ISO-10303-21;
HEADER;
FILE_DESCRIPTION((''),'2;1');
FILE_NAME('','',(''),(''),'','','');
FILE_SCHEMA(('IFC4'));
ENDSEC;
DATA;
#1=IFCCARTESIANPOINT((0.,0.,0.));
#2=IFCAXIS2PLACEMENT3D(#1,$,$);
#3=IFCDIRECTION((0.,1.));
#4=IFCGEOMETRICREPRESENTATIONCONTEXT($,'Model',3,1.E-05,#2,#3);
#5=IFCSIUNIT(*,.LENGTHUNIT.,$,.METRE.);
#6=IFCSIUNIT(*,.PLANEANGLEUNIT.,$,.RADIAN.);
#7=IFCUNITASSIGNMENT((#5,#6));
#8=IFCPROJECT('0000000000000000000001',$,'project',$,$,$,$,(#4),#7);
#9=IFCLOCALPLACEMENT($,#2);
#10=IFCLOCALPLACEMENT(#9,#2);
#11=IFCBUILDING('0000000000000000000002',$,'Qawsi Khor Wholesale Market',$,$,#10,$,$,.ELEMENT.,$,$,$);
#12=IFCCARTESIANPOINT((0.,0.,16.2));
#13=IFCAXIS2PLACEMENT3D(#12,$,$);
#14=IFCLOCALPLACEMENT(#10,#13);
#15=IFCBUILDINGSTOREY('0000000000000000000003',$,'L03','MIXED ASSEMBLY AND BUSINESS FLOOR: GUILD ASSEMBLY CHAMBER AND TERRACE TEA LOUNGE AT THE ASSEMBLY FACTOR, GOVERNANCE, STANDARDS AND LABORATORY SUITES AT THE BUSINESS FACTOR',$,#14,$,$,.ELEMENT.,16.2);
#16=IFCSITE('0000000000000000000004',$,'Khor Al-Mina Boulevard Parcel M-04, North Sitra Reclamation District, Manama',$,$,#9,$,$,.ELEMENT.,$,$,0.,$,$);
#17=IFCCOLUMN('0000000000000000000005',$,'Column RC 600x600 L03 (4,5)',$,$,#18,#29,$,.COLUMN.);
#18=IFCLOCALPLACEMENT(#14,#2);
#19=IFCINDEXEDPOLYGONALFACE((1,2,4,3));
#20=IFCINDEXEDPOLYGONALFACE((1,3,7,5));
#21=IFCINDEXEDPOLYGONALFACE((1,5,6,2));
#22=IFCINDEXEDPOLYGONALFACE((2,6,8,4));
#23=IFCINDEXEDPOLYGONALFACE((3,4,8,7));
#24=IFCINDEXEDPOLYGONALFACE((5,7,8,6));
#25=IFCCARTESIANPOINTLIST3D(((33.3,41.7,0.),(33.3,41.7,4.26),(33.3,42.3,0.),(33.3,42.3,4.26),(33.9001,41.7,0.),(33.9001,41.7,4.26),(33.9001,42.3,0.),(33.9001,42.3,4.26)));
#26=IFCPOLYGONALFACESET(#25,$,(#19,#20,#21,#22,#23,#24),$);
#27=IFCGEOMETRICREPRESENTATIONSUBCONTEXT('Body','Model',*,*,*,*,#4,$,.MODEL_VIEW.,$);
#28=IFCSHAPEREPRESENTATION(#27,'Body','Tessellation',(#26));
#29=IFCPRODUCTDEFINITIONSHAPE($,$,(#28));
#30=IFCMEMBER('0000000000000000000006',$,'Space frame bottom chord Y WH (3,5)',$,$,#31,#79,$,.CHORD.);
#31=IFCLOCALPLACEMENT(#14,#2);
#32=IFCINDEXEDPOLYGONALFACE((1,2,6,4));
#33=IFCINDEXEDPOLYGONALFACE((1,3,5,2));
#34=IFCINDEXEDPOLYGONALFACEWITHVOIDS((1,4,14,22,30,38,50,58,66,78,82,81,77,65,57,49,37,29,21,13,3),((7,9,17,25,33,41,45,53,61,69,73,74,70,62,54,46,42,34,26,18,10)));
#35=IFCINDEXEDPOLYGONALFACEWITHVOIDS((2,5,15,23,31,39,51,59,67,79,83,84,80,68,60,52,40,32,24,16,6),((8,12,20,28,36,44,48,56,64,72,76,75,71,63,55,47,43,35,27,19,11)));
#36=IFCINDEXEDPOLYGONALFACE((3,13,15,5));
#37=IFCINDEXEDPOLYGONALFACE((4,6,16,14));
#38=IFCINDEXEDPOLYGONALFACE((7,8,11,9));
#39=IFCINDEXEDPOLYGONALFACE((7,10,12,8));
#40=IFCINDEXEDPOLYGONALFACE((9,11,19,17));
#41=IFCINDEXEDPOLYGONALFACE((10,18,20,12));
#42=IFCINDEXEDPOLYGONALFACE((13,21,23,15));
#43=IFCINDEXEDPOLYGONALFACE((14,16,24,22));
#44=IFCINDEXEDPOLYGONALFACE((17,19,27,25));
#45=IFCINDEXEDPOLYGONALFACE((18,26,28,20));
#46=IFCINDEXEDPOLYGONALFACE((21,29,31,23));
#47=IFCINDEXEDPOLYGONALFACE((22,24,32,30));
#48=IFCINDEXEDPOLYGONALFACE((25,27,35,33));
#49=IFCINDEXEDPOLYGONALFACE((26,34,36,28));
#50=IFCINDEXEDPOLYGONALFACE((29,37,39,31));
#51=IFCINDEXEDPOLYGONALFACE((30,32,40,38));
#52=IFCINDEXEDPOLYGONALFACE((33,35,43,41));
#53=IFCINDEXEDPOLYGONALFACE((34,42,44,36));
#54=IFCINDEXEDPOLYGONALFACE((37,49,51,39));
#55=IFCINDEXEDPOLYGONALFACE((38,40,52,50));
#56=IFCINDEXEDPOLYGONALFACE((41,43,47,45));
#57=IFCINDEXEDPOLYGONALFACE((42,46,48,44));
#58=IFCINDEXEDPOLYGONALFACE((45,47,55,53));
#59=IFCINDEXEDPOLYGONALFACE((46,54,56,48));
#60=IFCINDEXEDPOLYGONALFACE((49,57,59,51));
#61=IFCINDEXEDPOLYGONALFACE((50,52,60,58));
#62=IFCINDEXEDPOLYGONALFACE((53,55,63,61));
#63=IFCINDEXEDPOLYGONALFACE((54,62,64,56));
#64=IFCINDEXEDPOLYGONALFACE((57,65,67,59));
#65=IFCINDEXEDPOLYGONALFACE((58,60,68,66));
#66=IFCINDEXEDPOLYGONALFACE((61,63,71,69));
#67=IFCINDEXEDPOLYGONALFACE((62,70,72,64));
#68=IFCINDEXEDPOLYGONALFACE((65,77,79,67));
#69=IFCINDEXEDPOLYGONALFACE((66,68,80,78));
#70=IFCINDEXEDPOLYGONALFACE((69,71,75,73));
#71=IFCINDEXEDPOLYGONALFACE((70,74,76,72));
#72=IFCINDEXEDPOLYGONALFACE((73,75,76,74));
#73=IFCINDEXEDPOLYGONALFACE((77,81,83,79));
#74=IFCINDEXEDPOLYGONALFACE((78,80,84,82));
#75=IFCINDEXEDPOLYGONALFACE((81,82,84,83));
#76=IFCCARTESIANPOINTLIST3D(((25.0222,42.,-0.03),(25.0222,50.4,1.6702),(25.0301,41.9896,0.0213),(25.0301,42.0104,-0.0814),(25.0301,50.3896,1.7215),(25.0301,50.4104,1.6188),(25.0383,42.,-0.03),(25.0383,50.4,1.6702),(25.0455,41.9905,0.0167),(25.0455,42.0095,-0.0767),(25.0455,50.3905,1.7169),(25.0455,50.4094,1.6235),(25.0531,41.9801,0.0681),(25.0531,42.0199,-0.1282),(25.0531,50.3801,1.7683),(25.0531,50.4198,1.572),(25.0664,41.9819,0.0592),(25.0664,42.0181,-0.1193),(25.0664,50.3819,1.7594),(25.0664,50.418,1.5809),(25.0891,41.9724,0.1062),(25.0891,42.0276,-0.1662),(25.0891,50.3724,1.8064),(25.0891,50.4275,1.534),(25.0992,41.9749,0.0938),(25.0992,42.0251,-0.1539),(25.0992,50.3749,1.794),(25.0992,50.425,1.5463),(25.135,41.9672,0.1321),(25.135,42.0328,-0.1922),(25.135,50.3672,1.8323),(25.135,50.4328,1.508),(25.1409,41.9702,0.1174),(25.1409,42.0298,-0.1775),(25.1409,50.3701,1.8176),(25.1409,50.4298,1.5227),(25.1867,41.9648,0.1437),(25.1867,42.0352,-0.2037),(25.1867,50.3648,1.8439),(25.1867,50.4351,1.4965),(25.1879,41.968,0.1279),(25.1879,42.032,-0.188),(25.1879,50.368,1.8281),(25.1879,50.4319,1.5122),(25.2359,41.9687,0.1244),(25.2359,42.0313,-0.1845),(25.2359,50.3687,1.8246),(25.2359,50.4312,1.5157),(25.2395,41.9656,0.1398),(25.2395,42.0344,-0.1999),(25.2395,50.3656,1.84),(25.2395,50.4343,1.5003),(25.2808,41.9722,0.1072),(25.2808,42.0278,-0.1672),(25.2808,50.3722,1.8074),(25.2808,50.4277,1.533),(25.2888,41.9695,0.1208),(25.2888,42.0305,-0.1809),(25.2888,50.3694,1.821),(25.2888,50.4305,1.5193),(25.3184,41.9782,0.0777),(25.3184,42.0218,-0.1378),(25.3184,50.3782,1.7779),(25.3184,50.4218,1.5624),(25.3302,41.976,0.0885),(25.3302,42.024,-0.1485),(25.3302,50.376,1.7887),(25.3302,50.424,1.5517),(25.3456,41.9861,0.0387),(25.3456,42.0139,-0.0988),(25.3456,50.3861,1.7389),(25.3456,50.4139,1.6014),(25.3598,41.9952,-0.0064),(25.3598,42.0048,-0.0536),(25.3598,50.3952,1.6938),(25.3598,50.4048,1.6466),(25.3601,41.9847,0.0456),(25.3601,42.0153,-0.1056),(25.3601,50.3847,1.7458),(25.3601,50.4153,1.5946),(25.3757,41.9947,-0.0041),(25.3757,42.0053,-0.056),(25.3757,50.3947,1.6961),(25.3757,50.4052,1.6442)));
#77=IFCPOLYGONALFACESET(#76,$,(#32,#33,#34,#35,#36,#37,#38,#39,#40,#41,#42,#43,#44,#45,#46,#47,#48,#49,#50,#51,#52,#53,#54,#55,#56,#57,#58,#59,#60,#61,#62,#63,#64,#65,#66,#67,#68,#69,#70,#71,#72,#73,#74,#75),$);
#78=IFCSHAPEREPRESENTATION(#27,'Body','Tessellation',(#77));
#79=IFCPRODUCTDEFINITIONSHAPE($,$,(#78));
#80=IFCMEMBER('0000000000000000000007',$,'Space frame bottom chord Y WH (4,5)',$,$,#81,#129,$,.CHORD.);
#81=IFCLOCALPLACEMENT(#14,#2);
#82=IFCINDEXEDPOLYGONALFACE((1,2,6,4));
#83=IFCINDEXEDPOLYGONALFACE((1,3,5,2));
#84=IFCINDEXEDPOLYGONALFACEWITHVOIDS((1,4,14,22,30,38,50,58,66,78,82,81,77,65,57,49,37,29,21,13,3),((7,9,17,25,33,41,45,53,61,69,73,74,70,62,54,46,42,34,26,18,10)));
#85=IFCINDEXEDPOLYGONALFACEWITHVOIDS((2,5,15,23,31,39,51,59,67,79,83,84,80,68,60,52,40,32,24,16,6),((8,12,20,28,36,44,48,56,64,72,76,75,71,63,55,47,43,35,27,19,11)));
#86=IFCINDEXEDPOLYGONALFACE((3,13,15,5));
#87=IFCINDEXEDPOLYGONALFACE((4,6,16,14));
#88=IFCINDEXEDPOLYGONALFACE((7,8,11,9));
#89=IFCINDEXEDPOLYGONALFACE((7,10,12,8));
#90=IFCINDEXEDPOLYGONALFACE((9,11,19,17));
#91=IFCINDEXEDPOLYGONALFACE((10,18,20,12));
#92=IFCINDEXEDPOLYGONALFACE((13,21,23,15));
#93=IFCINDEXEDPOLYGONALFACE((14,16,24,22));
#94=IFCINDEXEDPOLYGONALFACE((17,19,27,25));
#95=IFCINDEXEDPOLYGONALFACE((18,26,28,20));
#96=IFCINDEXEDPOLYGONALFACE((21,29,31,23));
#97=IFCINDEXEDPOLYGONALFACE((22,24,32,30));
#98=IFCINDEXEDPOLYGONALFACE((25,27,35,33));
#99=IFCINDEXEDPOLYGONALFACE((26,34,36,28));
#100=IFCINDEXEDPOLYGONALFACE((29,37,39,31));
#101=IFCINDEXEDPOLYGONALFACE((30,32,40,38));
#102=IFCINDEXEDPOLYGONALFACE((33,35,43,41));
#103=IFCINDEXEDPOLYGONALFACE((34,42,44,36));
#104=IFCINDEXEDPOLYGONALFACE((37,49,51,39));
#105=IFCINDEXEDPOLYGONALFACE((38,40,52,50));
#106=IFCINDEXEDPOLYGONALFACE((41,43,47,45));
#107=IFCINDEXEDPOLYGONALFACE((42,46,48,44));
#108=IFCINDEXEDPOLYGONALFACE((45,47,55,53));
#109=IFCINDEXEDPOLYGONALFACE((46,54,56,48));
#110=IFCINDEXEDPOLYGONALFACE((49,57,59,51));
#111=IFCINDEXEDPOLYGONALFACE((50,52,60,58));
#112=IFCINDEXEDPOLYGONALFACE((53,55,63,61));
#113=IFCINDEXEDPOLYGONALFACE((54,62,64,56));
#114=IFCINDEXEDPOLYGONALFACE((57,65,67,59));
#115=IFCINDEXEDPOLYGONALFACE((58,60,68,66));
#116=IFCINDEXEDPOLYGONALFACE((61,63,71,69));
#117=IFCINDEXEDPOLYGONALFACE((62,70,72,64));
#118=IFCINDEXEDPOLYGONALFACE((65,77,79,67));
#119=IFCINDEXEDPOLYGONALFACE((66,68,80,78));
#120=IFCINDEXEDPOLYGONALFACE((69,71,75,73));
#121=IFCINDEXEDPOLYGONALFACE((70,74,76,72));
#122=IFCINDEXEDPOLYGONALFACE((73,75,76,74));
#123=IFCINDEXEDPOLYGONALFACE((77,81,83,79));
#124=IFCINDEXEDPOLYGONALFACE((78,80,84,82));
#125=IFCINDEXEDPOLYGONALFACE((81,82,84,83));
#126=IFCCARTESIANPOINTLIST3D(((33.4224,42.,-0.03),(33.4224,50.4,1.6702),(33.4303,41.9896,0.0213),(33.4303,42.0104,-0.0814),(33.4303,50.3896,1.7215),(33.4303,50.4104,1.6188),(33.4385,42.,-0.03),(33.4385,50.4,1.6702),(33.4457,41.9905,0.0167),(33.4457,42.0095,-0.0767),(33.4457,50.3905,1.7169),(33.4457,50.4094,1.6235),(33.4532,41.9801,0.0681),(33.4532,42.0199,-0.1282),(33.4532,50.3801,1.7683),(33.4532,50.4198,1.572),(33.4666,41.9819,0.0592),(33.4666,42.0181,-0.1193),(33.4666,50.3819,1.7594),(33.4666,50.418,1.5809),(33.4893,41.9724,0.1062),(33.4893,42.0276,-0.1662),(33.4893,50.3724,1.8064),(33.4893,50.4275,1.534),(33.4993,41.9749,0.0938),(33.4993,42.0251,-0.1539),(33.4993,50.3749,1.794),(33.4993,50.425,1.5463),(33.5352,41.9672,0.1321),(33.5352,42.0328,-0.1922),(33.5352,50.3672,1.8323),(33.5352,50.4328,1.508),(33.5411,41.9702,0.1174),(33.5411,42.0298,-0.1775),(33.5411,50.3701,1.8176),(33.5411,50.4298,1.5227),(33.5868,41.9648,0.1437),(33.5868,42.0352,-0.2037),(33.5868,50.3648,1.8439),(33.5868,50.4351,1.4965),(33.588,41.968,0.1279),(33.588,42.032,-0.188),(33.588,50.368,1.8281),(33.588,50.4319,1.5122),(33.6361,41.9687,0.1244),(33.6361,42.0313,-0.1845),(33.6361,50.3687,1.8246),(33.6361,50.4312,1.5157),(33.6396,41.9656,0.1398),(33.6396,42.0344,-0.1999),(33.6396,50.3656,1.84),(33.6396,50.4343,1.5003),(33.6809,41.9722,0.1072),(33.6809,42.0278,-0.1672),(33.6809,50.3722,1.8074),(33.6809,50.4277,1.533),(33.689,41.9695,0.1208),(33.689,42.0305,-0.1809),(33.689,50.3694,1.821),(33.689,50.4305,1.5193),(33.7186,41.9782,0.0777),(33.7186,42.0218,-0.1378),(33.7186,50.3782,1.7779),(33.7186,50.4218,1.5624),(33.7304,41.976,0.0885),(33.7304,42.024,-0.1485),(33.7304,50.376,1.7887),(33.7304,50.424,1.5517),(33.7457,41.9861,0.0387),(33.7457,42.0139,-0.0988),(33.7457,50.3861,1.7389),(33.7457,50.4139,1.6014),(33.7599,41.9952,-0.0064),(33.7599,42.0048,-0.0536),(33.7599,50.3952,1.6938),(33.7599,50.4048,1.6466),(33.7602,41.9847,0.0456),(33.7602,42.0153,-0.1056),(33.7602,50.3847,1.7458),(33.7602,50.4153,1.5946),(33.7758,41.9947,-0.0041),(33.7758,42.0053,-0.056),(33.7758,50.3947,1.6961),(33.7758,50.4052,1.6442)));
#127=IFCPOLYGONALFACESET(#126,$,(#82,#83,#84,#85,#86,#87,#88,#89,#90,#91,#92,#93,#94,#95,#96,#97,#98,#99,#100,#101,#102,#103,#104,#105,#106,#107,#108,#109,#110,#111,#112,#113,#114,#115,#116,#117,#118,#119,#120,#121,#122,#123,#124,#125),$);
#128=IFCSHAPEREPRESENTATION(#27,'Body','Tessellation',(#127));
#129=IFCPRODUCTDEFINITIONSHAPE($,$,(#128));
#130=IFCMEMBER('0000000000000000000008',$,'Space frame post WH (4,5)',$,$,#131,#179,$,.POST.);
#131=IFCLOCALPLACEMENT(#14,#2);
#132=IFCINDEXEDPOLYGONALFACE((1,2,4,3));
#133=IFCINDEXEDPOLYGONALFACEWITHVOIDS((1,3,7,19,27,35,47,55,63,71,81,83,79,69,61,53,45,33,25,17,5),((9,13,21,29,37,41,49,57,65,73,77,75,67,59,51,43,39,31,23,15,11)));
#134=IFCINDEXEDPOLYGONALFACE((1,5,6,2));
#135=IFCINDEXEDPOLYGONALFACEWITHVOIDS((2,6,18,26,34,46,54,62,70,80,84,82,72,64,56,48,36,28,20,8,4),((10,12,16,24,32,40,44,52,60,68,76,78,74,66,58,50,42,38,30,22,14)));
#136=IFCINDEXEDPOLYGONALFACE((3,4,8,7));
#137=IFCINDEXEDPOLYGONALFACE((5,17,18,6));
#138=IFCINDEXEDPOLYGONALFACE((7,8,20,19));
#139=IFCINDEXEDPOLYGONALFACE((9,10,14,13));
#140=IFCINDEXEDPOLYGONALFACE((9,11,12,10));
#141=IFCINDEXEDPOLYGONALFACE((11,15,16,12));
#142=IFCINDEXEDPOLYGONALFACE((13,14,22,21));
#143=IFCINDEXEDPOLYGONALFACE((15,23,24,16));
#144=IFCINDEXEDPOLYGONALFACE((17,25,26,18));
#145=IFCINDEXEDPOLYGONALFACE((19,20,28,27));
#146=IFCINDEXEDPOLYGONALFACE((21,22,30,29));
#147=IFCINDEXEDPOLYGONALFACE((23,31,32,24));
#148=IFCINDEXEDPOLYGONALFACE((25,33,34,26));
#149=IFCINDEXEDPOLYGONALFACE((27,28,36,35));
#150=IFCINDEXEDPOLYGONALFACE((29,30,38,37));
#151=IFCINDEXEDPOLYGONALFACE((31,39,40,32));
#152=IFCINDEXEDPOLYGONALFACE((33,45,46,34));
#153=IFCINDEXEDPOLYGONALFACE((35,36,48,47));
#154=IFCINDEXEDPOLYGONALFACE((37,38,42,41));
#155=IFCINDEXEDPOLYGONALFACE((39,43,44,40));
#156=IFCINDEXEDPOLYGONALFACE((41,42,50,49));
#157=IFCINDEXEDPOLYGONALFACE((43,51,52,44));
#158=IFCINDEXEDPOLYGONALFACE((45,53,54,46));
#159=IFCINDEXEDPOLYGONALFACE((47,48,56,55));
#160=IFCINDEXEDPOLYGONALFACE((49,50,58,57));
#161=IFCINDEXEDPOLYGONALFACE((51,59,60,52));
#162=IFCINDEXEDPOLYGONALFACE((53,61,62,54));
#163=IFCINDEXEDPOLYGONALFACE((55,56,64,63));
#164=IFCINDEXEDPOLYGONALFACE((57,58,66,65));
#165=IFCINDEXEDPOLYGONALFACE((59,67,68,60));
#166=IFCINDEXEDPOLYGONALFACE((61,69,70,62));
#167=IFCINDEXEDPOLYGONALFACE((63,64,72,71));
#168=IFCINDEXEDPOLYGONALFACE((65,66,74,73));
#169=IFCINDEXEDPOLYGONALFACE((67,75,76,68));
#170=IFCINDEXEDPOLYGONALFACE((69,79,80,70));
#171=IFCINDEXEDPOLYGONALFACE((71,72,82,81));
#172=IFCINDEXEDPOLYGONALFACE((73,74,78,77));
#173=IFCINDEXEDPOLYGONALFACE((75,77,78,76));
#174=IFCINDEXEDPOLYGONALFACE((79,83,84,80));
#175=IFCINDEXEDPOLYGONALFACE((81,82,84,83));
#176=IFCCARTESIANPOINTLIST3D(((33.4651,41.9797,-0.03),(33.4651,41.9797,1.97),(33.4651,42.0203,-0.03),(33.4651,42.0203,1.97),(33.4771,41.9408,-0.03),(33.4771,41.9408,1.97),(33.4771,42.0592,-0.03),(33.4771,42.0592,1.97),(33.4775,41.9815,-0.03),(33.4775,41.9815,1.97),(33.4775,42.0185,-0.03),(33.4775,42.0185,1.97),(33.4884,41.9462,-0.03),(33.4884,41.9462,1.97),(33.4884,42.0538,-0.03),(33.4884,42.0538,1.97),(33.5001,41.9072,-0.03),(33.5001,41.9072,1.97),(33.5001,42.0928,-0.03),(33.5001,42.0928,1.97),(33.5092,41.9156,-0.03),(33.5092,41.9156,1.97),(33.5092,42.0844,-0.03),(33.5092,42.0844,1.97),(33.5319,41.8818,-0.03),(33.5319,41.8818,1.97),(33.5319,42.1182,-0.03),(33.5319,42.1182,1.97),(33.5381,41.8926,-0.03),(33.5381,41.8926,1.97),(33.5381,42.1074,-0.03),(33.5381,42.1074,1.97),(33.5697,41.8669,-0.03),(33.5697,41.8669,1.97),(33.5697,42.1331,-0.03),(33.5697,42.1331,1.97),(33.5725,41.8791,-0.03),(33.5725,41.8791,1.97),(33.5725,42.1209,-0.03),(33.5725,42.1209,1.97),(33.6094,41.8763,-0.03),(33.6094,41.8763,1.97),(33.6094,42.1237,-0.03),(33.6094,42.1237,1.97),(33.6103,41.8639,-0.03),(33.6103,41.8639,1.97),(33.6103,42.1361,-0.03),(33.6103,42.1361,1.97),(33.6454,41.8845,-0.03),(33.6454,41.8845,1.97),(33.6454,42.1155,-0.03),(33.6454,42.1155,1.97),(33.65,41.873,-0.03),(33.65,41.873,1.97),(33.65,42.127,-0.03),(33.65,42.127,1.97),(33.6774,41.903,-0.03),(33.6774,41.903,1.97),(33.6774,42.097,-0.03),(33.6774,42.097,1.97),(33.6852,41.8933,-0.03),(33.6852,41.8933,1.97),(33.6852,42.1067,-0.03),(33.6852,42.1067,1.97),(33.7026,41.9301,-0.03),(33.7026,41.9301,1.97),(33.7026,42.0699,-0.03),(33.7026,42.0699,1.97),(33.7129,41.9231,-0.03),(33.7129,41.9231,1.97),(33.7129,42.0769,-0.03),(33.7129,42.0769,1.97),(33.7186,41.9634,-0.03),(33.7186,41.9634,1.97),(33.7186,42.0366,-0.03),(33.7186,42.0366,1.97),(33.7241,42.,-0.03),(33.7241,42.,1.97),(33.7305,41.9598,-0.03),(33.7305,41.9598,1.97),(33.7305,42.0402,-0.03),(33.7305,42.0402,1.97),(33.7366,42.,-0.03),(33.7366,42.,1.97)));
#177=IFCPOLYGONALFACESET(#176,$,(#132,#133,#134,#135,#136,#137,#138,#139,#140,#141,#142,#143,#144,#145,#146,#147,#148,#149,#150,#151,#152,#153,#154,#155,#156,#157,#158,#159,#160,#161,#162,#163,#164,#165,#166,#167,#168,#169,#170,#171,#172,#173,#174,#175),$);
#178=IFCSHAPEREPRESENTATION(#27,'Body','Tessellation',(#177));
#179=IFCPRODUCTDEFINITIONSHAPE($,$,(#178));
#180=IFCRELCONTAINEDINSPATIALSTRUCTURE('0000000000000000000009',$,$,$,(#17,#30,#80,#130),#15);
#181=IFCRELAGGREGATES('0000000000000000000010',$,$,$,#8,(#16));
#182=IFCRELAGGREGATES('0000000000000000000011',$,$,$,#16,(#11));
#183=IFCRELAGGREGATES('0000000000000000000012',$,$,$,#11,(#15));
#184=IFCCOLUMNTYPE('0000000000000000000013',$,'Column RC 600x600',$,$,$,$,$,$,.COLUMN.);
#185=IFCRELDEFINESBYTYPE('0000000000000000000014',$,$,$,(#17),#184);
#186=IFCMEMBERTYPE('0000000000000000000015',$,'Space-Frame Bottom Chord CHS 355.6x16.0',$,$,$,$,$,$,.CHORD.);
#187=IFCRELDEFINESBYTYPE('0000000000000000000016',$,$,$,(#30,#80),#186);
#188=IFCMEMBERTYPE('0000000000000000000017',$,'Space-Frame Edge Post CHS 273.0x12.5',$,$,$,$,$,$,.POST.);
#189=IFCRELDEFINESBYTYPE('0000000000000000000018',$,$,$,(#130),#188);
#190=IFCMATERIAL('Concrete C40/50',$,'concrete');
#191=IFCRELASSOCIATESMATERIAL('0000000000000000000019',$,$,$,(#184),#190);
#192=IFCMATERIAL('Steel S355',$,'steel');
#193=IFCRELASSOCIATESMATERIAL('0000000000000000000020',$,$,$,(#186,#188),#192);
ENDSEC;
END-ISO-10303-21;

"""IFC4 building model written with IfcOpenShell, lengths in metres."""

from ifc_helpers import new_model, si_unit, direction, frame, origin, origin_2d, place, context, subcontext, project, spatial, rectangle, hollow_circle, extrude, material, material_profile, profile_set, type_object, element, save


model = new_model("IFC4")

# Units and contexts
model_context = context("Model", 3, precision=1e-05, world=origin(), true_north=direction((0.0, 1.0)))
body_context = subcontext(model_context, "Body", "Model", "MODEL_VIEW")
ifc_project = project(units=[si_unit("LENGTHUNIT", "METRE"), si_unit("PLANEANGLEUNIT", "RADIAN")], contexts=[model_context])

# Site, building, storey
site_placement = place(None, origin())
site = spatial("IfcSite", under=ifc_project, at=site_placement, Name="Khor Al-Mina Boulevard Parcel M-04, North Sitra Reclamation District, Manama", CompositionType="ELEMENT", RefElevation=0.0)
building_placement = place(site_placement, origin())
building = spatial("IfcBuilding", under=site, at=building_placement, Name="Qawsi Khor Wholesale Market", CompositionType="ELEMENT")
storey_placement = place(building_placement, frame((0.0, 0.0, 16.2)))
storey = spatial("IfcBuildingStorey", under=building, at=storey_placement, Name="L03", Description="MIXED ASSEMBLY AND BUSINESS FLOOR: GUILD ASSEMBLY CHAMBER AND TERRACE TEA LOUNGE AT THE ASSEMBLY FACTOR, GOVERNANCE, STANDARDS AND LABORATORY SUITES AT THE BUSINESS FACTOR", CompositionType="ELEMENT", Elevation=16.2)

# Column
ifc_material_1 = material(Name="Concrete C40/50", Category="concrete")
ifc_material_profile_1 = material_profile(ifc_material_1, rectangle(XDim=0.6001, YDim=0.6001, at=origin_2d()), Name="RC 600x600")
ifc_profile_set_1 = profile_set([ifc_material_profile_1], Name="Concrete C40/50")
column_type = type_object("IfcColumnType", Name="Column RC 600x600", PredefinedType="COLUMN", material=ifc_profile_set_1)
column_placement = place(storey_placement, frame((33.6001, 42.0, 0.0), z_axis=(0.0, 0.0, 1.0), x_axis=(1.0, 0.0, 0.0)))
element("IfcColumn", 1, at=column_placement, inside=storey, type_object=column_type, Name="Column RC 600x600 L03 (4,5)", PredefinedType="COLUMN", context=body_context, shape_type="SweptSolid", body=[
    extrude(rectangle(XDim=0.6001, YDim=0.6001, at=origin_2d()), origin(), (0.0, 0.0, 1.0), 4.26),
])

# Members
ifc_material_2 = material(Name="Steel S355", Category="steel")
ifc_material_profile_2 = material_profile(ifc_material_2, hollow_circle(Radius=0.1777, WallThickness=0.0161, at=origin_2d()), Name="CHS 355.6x16.0")
ifc_profile_set_2 = profile_set([ifc_material_profile_2], Name="Steel S355")
member_type_1 = type_object("IfcMemberType", Name="Space-Frame Bottom Chord CHS 355.6x16.0", PredefinedType="CHORD", material=ifc_profile_set_2)
for number, where, z_axis, x_axis, name in (
    (2, (25.2, 42.0, -0.03), (0.0, 0.980124, 0.198384), (-1.0, 0.0, 0.0), "Space frame bottom chord Y WH (3,5)"),
    (3, (33.6001, 42.0, -0.03), (0.0, 0.980124, 0.198384), (-1.0, 0.0, 0.0), "Space frame bottom chord Y WH (4,5)"),
):
    element("IfcMember", number, at=place(storey_placement, frame(where, z_axis=z_axis, x_axis=x_axis)), inside=storey, type_object=member_type_1, Name=name, PredefinedType="CHORD", context=body_context, shape_type="SweptSolid", body=[
        extrude(hollow_circle(Radius=0.1777, WallThickness=0.0161, at=origin_2d()), origin(), (0.0, 0.0, 1.0), 8.5703),
    ])
ifc_material_profile_3 = material_profile(ifc_material_2, hollow_circle(Radius=0.1365, WallThickness=0.0125, at=origin_2d()), Name="CHS 273.0x12.5")
ifc_profile_set_3 = profile_set([ifc_material_profile_3], Name="Steel S355")
member_type_2 = type_object("IfcMemberType", Name="Space-Frame Edge Post CHS 273.0x12.5", PredefinedType="POST", material=ifc_profile_set_3)
member_1_placement = place(storey_placement, frame((33.6001, 42.0, -0.03), z_axis=(0.0, 0.0, 1.0), x_axis=(1.0, 0.0, 0.0)))
element("IfcMember", 4, at=member_1_placement, inside=storey, type_object=member_type_2, Name="Space frame post WH (4,5)", PredefinedType="POST", context=body_context, shape_type="SweptSolid", body=[
    extrude(hollow_circle(Radius=0.1365, WallThickness=0.0125, at=origin_2d()), origin(), (0.0, 0.0, 1.0), 2.0),
])

save(model, "model.ifc")
